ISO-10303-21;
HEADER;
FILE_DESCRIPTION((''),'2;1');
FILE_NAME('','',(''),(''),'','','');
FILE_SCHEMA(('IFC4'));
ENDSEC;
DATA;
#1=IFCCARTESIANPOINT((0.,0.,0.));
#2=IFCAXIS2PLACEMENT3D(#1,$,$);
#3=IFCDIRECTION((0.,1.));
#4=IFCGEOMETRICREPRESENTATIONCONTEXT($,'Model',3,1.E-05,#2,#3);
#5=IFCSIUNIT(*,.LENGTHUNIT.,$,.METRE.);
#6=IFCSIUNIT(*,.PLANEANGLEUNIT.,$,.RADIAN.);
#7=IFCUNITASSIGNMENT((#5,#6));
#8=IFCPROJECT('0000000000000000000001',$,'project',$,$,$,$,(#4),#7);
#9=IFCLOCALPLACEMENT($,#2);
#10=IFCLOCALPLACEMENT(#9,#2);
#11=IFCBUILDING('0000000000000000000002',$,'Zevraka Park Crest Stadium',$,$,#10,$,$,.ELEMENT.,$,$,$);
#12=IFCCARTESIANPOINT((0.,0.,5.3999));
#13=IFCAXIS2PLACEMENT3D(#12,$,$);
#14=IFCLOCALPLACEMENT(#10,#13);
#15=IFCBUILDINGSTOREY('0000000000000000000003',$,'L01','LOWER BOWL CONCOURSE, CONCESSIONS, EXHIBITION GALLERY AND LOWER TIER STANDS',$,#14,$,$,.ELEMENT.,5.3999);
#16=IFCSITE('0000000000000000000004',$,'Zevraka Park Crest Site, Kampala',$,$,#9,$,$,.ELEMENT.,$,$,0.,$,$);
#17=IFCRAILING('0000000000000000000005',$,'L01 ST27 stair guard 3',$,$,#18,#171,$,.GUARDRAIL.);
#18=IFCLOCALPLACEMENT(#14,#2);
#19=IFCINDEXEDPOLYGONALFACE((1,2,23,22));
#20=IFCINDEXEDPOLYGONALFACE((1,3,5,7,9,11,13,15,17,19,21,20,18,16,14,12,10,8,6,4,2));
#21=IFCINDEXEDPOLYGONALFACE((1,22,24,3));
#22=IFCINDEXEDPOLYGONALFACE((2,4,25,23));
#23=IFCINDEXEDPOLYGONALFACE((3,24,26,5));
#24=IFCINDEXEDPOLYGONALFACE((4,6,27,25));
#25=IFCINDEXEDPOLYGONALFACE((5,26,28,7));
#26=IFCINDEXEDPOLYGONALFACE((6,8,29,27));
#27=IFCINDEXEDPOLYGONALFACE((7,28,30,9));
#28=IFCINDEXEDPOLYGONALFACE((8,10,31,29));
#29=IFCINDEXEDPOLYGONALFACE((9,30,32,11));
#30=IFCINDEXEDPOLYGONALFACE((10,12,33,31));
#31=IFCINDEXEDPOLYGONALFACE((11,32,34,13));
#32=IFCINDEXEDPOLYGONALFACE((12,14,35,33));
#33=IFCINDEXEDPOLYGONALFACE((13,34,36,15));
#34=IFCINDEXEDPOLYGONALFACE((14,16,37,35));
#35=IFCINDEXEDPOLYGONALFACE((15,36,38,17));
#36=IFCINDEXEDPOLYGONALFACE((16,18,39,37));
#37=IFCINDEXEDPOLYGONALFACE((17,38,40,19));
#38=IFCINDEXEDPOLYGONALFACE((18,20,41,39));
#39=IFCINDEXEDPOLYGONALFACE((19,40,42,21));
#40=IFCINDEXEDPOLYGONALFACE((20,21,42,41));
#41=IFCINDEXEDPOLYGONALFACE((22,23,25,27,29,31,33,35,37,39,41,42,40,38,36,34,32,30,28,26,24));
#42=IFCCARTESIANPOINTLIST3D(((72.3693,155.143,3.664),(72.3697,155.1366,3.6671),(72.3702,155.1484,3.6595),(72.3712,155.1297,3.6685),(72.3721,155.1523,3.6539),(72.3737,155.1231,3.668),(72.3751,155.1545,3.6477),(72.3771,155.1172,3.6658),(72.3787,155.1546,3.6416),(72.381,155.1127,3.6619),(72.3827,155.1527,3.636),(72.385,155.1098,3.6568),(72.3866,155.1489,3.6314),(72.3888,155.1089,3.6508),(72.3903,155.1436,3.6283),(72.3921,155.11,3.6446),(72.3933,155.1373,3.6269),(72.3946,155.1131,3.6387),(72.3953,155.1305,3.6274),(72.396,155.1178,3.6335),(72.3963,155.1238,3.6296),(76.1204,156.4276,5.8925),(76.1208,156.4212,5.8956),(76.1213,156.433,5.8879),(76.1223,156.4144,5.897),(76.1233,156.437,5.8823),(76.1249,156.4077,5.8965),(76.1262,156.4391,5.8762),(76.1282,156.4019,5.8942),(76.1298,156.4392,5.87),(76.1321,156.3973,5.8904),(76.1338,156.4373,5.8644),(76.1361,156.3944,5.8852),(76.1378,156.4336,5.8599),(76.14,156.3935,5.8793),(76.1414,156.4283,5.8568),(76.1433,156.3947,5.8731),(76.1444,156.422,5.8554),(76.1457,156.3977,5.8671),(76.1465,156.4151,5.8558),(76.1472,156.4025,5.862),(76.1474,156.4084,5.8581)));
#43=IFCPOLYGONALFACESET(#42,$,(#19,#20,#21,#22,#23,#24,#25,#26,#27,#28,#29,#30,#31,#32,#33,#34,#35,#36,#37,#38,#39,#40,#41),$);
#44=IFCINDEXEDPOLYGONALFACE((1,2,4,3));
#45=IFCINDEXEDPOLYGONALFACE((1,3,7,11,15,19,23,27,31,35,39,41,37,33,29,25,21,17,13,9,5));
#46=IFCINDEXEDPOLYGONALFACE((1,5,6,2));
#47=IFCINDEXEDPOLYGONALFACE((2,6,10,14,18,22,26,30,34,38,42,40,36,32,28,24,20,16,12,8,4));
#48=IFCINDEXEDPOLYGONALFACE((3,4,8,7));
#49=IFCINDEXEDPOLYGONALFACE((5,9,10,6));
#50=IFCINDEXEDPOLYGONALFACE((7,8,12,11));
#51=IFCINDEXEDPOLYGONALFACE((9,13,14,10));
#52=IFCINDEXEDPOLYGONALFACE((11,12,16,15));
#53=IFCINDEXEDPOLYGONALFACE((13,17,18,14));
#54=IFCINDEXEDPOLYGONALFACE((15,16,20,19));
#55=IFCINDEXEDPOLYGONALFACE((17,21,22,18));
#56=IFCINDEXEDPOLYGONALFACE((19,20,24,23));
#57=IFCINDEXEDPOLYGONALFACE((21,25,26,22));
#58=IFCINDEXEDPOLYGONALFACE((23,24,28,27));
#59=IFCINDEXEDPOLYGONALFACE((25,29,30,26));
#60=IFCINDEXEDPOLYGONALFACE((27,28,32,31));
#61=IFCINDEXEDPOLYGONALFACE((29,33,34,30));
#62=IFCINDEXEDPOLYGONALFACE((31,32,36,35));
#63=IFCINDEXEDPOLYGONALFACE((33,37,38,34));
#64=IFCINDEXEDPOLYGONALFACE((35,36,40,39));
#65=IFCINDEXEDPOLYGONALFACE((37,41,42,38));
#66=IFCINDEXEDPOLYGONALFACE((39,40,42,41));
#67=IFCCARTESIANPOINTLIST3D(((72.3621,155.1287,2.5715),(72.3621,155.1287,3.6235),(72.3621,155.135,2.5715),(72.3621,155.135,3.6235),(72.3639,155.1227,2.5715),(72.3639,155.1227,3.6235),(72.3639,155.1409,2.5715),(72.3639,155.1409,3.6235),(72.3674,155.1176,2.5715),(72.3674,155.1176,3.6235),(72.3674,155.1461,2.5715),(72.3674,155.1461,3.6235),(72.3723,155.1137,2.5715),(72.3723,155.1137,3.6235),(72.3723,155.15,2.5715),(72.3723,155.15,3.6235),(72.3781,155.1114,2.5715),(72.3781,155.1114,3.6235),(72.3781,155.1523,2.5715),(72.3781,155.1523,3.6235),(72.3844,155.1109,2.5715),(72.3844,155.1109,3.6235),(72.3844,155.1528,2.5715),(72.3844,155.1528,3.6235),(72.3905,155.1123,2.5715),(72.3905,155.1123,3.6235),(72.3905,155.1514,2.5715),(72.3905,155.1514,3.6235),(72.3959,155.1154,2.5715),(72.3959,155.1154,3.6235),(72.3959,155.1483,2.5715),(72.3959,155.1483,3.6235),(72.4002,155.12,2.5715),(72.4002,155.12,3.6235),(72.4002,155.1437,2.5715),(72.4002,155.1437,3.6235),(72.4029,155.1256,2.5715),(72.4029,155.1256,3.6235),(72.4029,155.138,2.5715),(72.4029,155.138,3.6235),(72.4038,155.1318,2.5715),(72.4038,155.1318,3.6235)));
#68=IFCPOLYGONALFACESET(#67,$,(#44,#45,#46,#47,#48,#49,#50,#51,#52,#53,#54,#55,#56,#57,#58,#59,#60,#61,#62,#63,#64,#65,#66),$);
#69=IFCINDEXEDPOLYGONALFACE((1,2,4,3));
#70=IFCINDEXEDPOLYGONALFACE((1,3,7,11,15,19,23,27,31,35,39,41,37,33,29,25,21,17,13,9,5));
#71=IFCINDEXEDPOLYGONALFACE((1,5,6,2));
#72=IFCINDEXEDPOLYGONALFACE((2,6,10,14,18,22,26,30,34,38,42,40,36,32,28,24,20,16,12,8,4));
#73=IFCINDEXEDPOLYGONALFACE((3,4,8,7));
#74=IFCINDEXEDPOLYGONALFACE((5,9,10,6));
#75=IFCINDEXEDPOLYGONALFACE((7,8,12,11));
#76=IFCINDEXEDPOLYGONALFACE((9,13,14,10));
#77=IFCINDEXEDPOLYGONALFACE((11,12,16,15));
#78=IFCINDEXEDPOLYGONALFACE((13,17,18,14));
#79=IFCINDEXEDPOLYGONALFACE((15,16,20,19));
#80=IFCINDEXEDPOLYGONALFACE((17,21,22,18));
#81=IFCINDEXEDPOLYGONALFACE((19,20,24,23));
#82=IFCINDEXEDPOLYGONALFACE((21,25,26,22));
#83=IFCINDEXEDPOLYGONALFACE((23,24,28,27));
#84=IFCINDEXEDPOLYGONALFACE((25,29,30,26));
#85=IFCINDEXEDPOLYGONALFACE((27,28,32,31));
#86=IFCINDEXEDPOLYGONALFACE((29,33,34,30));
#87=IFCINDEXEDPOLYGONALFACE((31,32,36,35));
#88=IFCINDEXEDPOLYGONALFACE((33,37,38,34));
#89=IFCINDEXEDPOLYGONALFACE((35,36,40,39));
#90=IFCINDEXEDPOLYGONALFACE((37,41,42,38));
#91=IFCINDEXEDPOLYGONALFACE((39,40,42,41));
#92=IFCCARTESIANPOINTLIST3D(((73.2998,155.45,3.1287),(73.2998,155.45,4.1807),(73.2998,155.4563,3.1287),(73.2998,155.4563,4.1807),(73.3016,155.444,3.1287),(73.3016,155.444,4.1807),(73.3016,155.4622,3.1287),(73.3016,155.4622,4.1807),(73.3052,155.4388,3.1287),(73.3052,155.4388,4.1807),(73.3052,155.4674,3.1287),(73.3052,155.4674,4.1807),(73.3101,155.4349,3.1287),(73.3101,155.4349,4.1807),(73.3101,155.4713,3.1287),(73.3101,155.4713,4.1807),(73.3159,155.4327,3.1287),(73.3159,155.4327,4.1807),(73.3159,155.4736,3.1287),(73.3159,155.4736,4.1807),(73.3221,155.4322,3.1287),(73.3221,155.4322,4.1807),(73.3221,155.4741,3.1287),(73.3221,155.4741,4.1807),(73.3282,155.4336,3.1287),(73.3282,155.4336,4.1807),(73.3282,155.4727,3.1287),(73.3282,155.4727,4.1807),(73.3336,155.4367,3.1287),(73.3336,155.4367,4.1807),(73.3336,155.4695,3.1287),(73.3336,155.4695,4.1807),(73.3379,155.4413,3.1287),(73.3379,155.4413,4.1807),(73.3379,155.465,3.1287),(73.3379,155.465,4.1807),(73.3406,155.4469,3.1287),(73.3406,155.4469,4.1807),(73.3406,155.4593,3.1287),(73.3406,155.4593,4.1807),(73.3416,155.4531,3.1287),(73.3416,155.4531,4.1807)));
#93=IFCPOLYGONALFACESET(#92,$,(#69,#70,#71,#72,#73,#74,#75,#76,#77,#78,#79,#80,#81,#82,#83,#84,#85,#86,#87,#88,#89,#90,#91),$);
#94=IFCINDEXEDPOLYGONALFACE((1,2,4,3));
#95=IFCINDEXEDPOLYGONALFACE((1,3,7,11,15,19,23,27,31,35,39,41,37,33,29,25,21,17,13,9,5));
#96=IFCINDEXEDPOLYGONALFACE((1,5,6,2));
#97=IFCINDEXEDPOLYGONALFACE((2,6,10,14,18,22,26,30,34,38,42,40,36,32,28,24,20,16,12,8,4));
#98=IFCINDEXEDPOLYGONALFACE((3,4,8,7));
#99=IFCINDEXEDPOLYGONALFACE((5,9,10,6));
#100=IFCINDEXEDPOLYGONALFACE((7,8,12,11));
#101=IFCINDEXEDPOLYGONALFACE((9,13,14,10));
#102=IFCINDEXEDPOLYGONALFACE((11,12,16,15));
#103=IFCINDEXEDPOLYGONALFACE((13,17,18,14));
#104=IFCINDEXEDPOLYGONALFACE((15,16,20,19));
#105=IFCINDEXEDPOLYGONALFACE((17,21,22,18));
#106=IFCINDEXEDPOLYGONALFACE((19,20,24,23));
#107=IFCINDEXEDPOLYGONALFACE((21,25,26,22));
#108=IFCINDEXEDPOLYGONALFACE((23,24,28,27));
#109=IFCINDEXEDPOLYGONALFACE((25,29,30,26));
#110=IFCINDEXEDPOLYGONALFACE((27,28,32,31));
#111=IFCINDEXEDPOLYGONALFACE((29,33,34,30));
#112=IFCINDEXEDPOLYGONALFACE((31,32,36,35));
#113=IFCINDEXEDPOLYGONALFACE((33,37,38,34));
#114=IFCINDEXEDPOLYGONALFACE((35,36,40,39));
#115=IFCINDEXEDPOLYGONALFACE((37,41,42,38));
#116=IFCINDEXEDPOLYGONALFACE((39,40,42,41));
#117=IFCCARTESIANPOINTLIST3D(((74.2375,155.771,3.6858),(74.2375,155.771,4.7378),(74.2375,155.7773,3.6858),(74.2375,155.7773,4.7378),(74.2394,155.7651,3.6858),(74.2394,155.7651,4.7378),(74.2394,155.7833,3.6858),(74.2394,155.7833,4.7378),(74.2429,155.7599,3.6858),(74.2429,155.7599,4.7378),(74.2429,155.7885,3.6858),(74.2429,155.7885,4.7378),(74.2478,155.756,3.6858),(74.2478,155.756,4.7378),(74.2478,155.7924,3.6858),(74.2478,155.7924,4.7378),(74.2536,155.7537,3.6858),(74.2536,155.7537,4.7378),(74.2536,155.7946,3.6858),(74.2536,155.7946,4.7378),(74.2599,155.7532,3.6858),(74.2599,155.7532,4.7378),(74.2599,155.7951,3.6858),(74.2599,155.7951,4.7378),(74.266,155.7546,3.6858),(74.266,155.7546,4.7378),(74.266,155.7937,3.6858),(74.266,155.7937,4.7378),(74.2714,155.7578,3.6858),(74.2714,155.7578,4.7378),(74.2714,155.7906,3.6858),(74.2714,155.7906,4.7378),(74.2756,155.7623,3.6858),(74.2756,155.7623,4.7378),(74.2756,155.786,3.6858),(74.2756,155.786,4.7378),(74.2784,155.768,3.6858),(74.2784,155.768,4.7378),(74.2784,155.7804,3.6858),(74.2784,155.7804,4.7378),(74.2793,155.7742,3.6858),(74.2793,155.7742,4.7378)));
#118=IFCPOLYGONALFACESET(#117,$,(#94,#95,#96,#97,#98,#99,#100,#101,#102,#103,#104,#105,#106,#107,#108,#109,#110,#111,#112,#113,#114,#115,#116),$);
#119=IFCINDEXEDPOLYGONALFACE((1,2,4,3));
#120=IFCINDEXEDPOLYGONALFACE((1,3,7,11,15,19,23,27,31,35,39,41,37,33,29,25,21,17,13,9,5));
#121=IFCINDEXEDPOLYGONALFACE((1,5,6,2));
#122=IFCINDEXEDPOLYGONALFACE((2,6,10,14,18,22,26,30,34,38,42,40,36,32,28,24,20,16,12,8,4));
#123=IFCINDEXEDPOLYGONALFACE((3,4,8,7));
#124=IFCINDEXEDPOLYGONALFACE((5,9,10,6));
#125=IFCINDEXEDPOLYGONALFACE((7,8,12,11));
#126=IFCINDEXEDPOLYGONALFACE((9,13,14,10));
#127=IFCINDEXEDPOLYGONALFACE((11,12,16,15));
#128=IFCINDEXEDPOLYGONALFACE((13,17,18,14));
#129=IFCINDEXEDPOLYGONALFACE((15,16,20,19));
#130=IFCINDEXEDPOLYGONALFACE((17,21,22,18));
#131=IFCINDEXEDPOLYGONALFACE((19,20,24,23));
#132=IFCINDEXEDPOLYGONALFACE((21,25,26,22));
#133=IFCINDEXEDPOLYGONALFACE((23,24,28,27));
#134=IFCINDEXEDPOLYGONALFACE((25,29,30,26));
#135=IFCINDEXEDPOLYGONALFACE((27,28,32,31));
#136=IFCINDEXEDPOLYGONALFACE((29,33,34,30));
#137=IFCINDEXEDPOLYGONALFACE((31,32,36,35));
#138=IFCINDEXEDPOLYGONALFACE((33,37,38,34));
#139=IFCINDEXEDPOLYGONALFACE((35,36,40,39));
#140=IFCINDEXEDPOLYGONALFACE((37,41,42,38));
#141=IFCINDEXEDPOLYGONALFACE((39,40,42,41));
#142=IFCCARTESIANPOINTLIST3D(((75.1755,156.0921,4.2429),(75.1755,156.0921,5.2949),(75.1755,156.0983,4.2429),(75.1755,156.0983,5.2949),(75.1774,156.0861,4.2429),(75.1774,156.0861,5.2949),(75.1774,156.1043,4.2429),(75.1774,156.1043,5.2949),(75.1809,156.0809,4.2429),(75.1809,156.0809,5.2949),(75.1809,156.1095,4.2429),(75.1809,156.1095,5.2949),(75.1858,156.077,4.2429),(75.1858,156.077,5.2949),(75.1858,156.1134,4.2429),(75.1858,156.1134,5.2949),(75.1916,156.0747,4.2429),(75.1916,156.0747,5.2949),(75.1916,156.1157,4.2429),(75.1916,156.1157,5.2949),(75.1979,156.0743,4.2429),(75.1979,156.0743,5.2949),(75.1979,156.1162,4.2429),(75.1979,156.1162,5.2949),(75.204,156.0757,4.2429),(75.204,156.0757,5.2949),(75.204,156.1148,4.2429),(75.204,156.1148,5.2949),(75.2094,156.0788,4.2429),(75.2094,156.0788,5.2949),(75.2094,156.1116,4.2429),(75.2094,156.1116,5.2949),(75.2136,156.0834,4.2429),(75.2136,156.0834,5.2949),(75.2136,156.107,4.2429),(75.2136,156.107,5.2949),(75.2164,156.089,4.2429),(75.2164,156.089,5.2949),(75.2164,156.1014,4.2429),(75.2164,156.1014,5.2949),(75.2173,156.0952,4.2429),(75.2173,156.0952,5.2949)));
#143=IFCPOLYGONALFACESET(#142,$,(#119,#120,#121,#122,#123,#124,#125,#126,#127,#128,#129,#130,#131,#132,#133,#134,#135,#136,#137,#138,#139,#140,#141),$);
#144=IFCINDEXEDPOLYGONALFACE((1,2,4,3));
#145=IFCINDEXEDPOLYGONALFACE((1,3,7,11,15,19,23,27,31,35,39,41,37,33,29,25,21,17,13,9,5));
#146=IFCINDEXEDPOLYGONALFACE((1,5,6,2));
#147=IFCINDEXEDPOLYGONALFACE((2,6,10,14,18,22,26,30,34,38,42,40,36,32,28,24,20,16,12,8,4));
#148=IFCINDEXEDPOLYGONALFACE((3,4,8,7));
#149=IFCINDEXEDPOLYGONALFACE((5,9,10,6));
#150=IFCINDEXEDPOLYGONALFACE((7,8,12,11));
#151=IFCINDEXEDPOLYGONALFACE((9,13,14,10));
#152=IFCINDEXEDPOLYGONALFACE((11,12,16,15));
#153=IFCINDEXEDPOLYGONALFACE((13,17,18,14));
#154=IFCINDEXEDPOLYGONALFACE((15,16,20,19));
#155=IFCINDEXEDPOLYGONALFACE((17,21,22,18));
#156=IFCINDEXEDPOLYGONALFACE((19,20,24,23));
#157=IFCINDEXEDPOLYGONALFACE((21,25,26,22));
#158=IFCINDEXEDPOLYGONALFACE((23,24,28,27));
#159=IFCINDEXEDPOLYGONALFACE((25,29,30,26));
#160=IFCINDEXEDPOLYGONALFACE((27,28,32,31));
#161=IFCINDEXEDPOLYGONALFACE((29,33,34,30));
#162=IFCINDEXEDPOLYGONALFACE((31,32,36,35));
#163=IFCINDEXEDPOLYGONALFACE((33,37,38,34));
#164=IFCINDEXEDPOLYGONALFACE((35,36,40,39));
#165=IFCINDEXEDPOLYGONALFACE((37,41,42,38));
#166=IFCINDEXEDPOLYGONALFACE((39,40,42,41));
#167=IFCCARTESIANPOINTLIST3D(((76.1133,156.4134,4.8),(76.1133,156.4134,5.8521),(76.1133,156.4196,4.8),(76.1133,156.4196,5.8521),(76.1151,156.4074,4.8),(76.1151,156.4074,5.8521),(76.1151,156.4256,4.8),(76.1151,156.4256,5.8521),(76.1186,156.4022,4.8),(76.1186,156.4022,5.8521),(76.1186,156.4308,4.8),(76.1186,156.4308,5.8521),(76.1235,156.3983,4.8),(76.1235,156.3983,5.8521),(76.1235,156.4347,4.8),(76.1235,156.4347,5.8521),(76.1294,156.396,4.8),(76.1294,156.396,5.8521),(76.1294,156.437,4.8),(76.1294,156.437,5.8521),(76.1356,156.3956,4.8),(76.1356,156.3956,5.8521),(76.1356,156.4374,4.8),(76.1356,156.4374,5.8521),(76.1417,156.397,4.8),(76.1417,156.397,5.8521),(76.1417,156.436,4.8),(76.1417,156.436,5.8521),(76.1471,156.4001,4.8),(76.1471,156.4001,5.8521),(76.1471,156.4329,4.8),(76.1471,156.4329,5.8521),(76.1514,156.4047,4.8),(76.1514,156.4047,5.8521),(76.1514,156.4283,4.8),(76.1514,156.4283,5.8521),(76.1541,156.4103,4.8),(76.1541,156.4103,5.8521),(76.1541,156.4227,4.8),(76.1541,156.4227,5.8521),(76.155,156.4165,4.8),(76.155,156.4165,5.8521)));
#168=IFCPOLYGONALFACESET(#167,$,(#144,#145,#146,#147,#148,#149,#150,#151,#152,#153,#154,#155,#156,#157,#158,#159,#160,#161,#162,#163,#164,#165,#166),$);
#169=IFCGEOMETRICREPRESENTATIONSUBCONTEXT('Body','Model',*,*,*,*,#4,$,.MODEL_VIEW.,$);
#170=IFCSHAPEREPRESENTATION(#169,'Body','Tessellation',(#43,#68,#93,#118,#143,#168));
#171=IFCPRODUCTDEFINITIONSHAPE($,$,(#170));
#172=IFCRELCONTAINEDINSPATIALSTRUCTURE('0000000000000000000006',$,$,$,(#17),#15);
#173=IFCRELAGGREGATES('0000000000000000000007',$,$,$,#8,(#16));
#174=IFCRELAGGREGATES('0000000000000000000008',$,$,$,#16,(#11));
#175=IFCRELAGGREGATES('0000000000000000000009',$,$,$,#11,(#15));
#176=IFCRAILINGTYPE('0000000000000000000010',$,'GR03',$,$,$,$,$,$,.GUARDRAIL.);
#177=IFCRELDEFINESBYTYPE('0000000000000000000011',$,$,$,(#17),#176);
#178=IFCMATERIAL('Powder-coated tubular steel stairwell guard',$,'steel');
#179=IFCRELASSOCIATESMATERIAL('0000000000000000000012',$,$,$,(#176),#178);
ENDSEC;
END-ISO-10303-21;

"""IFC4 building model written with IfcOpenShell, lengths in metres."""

from ifc_helpers import new_model, si_unit, direction, frame, origin, origin_2d, place, context, subcontext, project, spatial, circle, extrude, material, type_object, element, save


model = new_model("IFC4")

# Units and contexts
model_context = context("Model", 3, precision=1e-05, world=origin(), true_north=direction((0.0, 1.0)))
body_context = subcontext(model_context, "Body", "Model", "MODEL_VIEW")
ifc_project = project(units=[si_unit("LENGTHUNIT", "METRE"), si_unit("PLANEANGLEUNIT", "RADIAN")], contexts=[model_context])

# Site, building, storey
site_placement = place(None, origin())
site = spatial("IfcSite", under=ifc_project, at=site_placement, Name="Zevraka Park Crest Site, Kampala", CompositionType="ELEMENT", RefElevation=0.0)
building_placement = place(site_placement, origin())
building = spatial("IfcBuilding", under=site, at=building_placement, Name="Zevraka Park Crest Stadium", CompositionType="ELEMENT")
storey_placement = place(building_placement, frame((0.0, 0.0, 5.3999)))
storey = spatial("IfcBuildingStorey", under=building, at=storey_placement, Name="L01", Description="LOWER BOWL CONCOURSE, CONCESSIONS, EXHIBITION GALLERY AND LOWER TIER STANDS", CompositionType="ELEMENT", Elevation=5.3999)

# Railing
ifc_material_1 = material(Name="Powder-coated tubular steel stairwell guard", Category="steel")
railing_type_1 = type_object("IfcRailingType", Name="GR03", PredefinedType="GUARDRAIL", material=ifc_material_1)
railing_1_placement = place(storey_placement, frame((72.3828, 155.1318, 2.5715)))
element("IfcRailing", 1, at=railing_1_placement, inside=storey, type_object=railing_type_1, Name="L01 ST27 stair guard 3", PredefinedType="GUARDRAIL", context=body_context, shape_type="SweptSolid", body=[
    extrude(circle(Radius=0.0239, at=origin_2d()), frame((0.0, 0.0, 1.0762), z_axis=(0.824727, 0.282441, 0.489952), x_axis=(-0.323994, 0.946059, 0.0)), (0.0, 0.0, 1.0), 4.5483),
    extrude(circle(Radius=0.021, at=origin_2d()), origin(), (0.0, 0.0, 1.0), 1.052),
    extrude(circle(Radius=0.021, at=origin_2d()), frame((0.9377, 0.3213, 0.5571)), (0.0, 0.0, 1.0), 1.052),
    extrude(circle(Radius=0.021, at=origin_2d()), frame((1.8755, 0.6423, 1.1143)), (0.0, 0.0, 1.0), 1.052),
    extrude(circle(Radius=0.021, at=origin_2d()), frame((2.8135, 0.9634, 1.6714)), (0.0, 0.0, 1.0), 1.052),
    extrude(circle(Radius=0.021, at=origin_2d()), frame((3.7512, 1.2847, 2.2285)), (0.0, 0.0, 1.0), 1.052),
])

save(model, "model.ifc")
